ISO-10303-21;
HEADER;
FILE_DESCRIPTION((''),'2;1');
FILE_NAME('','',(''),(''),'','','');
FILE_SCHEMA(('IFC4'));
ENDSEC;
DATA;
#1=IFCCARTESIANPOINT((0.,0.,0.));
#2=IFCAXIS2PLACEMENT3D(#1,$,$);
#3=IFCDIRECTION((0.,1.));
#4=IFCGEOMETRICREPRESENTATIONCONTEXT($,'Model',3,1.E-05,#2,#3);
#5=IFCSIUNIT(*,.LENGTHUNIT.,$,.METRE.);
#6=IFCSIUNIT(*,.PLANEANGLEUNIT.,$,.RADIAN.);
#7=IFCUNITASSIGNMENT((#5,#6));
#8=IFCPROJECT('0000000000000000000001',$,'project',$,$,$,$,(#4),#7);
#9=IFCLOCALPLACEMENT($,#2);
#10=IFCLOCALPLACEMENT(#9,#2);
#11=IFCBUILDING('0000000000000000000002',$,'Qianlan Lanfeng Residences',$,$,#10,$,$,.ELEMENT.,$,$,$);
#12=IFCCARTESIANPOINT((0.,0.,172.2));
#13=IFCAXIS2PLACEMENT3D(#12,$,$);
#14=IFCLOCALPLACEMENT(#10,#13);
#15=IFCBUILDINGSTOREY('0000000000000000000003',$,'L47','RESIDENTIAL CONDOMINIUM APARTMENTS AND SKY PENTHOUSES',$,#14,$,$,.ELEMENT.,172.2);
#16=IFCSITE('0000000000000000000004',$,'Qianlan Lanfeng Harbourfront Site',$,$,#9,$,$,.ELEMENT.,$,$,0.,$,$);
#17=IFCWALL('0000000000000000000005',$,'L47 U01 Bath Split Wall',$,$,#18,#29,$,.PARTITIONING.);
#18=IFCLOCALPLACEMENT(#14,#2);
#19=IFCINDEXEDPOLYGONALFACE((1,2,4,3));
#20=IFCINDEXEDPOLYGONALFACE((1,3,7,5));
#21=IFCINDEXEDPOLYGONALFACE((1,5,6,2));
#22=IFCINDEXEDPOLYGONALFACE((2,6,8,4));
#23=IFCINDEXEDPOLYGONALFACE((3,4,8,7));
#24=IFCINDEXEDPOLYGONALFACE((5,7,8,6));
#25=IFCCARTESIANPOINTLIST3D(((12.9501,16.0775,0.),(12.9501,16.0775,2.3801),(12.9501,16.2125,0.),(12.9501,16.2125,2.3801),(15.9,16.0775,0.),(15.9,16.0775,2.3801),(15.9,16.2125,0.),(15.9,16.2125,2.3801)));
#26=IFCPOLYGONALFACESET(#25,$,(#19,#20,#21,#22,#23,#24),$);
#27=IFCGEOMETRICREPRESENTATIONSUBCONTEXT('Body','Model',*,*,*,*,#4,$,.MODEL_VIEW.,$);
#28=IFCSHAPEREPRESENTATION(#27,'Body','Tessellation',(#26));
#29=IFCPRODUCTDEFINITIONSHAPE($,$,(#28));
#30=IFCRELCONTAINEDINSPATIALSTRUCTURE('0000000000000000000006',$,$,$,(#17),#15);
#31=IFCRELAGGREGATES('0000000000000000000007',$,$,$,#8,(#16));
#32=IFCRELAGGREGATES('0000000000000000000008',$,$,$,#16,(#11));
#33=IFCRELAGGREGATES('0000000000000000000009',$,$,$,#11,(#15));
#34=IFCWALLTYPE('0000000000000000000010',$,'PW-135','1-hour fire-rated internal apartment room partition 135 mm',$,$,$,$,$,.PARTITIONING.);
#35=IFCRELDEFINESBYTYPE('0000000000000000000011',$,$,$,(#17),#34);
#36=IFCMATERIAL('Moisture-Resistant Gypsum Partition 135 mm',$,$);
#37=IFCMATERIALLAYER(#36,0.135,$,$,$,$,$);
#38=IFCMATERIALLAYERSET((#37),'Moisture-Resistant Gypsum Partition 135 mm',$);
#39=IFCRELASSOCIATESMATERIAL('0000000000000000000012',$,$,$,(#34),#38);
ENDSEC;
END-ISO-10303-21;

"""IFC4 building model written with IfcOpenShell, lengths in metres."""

from ifc_helpers import new_model, si_unit, direction, frame, frame_2d, origin, place, context, subcontext, project, spatial, rectangle, extrude, material, layer, layer_set, type_object, element, save


model = new_model("IFC4")

# Units and contexts
model_context = context("Model", 3, precision=1e-05, world=origin(), true_north=direction((0.0, 1.0)))
body_context = subcontext(model_context, "Body", "Model", "MODEL_VIEW")
ifc_project = project(units=[si_unit("LENGTHUNIT", "METRE"), si_unit("PLANEANGLEUNIT", "RADIAN")], contexts=[model_context])

# Site, building, storey
site_placement = place(None, origin())
site = spatial("IfcSite", under=ifc_project, at=site_placement, Name="Qianlan Lanfeng Harbourfront Site", CompositionType="ELEMENT", RefElevation=0.0)
building_placement = place(site_placement, origin())
building = spatial("IfcBuilding", under=site, at=building_placement, Name="Qianlan Lanfeng Residences", CompositionType="ELEMENT")
storey_placement = place(building_placement, frame((0.0, 0.0, 172.2)))
storey = spatial("IfcBuildingStorey", under=building, at=storey_placement, Name="L47", Description="RESIDENTIAL CONDOMINIUM APARTMENTS AND SKY PENTHOUSES", CompositionType="ELEMENT", Elevation=172.2)

# Shared definitions
ifc_material_1 = material(Name="Moisture-Resistant Gypsum Partition 135 mm")
ifc_layer_1 = layer(ifc_material_1, 0.135)
ifc_layer_set_1 = layer_set([ifc_layer_1], Name="Moisture-Resistant Gypsum Partition 135 mm")
wall_type_1 = type_object("IfcWallType", Name="PW-135", Description="1-hour fire-rated internal apartment room partition 135 mm", PredefinedType="PARTITIONING", material=ifc_layer_set_1)

# Wall
wall_1_placement = place(storey_placement, frame((12.95, 16.145, 0.0), z_axis=(0.0, 0.0, 1.0), x_axis=(1.0, 0.0, 0.0)))
element("IfcWall", 1, at=wall_1_placement, inside=storey, type_object=wall_type_1, Name="L47 U01 Bath Split Wall", PredefinedType="PARTITIONING", context=body_context, shape_type="SweptSolid", body=[
    extrude(rectangle(XDim=2.95, YDim=0.135, at=frame_2d((1.4751, 0.0))), origin(), (0.0, 0.0, 1.0), 2.3801),
])

save(model, "model.ifc")
